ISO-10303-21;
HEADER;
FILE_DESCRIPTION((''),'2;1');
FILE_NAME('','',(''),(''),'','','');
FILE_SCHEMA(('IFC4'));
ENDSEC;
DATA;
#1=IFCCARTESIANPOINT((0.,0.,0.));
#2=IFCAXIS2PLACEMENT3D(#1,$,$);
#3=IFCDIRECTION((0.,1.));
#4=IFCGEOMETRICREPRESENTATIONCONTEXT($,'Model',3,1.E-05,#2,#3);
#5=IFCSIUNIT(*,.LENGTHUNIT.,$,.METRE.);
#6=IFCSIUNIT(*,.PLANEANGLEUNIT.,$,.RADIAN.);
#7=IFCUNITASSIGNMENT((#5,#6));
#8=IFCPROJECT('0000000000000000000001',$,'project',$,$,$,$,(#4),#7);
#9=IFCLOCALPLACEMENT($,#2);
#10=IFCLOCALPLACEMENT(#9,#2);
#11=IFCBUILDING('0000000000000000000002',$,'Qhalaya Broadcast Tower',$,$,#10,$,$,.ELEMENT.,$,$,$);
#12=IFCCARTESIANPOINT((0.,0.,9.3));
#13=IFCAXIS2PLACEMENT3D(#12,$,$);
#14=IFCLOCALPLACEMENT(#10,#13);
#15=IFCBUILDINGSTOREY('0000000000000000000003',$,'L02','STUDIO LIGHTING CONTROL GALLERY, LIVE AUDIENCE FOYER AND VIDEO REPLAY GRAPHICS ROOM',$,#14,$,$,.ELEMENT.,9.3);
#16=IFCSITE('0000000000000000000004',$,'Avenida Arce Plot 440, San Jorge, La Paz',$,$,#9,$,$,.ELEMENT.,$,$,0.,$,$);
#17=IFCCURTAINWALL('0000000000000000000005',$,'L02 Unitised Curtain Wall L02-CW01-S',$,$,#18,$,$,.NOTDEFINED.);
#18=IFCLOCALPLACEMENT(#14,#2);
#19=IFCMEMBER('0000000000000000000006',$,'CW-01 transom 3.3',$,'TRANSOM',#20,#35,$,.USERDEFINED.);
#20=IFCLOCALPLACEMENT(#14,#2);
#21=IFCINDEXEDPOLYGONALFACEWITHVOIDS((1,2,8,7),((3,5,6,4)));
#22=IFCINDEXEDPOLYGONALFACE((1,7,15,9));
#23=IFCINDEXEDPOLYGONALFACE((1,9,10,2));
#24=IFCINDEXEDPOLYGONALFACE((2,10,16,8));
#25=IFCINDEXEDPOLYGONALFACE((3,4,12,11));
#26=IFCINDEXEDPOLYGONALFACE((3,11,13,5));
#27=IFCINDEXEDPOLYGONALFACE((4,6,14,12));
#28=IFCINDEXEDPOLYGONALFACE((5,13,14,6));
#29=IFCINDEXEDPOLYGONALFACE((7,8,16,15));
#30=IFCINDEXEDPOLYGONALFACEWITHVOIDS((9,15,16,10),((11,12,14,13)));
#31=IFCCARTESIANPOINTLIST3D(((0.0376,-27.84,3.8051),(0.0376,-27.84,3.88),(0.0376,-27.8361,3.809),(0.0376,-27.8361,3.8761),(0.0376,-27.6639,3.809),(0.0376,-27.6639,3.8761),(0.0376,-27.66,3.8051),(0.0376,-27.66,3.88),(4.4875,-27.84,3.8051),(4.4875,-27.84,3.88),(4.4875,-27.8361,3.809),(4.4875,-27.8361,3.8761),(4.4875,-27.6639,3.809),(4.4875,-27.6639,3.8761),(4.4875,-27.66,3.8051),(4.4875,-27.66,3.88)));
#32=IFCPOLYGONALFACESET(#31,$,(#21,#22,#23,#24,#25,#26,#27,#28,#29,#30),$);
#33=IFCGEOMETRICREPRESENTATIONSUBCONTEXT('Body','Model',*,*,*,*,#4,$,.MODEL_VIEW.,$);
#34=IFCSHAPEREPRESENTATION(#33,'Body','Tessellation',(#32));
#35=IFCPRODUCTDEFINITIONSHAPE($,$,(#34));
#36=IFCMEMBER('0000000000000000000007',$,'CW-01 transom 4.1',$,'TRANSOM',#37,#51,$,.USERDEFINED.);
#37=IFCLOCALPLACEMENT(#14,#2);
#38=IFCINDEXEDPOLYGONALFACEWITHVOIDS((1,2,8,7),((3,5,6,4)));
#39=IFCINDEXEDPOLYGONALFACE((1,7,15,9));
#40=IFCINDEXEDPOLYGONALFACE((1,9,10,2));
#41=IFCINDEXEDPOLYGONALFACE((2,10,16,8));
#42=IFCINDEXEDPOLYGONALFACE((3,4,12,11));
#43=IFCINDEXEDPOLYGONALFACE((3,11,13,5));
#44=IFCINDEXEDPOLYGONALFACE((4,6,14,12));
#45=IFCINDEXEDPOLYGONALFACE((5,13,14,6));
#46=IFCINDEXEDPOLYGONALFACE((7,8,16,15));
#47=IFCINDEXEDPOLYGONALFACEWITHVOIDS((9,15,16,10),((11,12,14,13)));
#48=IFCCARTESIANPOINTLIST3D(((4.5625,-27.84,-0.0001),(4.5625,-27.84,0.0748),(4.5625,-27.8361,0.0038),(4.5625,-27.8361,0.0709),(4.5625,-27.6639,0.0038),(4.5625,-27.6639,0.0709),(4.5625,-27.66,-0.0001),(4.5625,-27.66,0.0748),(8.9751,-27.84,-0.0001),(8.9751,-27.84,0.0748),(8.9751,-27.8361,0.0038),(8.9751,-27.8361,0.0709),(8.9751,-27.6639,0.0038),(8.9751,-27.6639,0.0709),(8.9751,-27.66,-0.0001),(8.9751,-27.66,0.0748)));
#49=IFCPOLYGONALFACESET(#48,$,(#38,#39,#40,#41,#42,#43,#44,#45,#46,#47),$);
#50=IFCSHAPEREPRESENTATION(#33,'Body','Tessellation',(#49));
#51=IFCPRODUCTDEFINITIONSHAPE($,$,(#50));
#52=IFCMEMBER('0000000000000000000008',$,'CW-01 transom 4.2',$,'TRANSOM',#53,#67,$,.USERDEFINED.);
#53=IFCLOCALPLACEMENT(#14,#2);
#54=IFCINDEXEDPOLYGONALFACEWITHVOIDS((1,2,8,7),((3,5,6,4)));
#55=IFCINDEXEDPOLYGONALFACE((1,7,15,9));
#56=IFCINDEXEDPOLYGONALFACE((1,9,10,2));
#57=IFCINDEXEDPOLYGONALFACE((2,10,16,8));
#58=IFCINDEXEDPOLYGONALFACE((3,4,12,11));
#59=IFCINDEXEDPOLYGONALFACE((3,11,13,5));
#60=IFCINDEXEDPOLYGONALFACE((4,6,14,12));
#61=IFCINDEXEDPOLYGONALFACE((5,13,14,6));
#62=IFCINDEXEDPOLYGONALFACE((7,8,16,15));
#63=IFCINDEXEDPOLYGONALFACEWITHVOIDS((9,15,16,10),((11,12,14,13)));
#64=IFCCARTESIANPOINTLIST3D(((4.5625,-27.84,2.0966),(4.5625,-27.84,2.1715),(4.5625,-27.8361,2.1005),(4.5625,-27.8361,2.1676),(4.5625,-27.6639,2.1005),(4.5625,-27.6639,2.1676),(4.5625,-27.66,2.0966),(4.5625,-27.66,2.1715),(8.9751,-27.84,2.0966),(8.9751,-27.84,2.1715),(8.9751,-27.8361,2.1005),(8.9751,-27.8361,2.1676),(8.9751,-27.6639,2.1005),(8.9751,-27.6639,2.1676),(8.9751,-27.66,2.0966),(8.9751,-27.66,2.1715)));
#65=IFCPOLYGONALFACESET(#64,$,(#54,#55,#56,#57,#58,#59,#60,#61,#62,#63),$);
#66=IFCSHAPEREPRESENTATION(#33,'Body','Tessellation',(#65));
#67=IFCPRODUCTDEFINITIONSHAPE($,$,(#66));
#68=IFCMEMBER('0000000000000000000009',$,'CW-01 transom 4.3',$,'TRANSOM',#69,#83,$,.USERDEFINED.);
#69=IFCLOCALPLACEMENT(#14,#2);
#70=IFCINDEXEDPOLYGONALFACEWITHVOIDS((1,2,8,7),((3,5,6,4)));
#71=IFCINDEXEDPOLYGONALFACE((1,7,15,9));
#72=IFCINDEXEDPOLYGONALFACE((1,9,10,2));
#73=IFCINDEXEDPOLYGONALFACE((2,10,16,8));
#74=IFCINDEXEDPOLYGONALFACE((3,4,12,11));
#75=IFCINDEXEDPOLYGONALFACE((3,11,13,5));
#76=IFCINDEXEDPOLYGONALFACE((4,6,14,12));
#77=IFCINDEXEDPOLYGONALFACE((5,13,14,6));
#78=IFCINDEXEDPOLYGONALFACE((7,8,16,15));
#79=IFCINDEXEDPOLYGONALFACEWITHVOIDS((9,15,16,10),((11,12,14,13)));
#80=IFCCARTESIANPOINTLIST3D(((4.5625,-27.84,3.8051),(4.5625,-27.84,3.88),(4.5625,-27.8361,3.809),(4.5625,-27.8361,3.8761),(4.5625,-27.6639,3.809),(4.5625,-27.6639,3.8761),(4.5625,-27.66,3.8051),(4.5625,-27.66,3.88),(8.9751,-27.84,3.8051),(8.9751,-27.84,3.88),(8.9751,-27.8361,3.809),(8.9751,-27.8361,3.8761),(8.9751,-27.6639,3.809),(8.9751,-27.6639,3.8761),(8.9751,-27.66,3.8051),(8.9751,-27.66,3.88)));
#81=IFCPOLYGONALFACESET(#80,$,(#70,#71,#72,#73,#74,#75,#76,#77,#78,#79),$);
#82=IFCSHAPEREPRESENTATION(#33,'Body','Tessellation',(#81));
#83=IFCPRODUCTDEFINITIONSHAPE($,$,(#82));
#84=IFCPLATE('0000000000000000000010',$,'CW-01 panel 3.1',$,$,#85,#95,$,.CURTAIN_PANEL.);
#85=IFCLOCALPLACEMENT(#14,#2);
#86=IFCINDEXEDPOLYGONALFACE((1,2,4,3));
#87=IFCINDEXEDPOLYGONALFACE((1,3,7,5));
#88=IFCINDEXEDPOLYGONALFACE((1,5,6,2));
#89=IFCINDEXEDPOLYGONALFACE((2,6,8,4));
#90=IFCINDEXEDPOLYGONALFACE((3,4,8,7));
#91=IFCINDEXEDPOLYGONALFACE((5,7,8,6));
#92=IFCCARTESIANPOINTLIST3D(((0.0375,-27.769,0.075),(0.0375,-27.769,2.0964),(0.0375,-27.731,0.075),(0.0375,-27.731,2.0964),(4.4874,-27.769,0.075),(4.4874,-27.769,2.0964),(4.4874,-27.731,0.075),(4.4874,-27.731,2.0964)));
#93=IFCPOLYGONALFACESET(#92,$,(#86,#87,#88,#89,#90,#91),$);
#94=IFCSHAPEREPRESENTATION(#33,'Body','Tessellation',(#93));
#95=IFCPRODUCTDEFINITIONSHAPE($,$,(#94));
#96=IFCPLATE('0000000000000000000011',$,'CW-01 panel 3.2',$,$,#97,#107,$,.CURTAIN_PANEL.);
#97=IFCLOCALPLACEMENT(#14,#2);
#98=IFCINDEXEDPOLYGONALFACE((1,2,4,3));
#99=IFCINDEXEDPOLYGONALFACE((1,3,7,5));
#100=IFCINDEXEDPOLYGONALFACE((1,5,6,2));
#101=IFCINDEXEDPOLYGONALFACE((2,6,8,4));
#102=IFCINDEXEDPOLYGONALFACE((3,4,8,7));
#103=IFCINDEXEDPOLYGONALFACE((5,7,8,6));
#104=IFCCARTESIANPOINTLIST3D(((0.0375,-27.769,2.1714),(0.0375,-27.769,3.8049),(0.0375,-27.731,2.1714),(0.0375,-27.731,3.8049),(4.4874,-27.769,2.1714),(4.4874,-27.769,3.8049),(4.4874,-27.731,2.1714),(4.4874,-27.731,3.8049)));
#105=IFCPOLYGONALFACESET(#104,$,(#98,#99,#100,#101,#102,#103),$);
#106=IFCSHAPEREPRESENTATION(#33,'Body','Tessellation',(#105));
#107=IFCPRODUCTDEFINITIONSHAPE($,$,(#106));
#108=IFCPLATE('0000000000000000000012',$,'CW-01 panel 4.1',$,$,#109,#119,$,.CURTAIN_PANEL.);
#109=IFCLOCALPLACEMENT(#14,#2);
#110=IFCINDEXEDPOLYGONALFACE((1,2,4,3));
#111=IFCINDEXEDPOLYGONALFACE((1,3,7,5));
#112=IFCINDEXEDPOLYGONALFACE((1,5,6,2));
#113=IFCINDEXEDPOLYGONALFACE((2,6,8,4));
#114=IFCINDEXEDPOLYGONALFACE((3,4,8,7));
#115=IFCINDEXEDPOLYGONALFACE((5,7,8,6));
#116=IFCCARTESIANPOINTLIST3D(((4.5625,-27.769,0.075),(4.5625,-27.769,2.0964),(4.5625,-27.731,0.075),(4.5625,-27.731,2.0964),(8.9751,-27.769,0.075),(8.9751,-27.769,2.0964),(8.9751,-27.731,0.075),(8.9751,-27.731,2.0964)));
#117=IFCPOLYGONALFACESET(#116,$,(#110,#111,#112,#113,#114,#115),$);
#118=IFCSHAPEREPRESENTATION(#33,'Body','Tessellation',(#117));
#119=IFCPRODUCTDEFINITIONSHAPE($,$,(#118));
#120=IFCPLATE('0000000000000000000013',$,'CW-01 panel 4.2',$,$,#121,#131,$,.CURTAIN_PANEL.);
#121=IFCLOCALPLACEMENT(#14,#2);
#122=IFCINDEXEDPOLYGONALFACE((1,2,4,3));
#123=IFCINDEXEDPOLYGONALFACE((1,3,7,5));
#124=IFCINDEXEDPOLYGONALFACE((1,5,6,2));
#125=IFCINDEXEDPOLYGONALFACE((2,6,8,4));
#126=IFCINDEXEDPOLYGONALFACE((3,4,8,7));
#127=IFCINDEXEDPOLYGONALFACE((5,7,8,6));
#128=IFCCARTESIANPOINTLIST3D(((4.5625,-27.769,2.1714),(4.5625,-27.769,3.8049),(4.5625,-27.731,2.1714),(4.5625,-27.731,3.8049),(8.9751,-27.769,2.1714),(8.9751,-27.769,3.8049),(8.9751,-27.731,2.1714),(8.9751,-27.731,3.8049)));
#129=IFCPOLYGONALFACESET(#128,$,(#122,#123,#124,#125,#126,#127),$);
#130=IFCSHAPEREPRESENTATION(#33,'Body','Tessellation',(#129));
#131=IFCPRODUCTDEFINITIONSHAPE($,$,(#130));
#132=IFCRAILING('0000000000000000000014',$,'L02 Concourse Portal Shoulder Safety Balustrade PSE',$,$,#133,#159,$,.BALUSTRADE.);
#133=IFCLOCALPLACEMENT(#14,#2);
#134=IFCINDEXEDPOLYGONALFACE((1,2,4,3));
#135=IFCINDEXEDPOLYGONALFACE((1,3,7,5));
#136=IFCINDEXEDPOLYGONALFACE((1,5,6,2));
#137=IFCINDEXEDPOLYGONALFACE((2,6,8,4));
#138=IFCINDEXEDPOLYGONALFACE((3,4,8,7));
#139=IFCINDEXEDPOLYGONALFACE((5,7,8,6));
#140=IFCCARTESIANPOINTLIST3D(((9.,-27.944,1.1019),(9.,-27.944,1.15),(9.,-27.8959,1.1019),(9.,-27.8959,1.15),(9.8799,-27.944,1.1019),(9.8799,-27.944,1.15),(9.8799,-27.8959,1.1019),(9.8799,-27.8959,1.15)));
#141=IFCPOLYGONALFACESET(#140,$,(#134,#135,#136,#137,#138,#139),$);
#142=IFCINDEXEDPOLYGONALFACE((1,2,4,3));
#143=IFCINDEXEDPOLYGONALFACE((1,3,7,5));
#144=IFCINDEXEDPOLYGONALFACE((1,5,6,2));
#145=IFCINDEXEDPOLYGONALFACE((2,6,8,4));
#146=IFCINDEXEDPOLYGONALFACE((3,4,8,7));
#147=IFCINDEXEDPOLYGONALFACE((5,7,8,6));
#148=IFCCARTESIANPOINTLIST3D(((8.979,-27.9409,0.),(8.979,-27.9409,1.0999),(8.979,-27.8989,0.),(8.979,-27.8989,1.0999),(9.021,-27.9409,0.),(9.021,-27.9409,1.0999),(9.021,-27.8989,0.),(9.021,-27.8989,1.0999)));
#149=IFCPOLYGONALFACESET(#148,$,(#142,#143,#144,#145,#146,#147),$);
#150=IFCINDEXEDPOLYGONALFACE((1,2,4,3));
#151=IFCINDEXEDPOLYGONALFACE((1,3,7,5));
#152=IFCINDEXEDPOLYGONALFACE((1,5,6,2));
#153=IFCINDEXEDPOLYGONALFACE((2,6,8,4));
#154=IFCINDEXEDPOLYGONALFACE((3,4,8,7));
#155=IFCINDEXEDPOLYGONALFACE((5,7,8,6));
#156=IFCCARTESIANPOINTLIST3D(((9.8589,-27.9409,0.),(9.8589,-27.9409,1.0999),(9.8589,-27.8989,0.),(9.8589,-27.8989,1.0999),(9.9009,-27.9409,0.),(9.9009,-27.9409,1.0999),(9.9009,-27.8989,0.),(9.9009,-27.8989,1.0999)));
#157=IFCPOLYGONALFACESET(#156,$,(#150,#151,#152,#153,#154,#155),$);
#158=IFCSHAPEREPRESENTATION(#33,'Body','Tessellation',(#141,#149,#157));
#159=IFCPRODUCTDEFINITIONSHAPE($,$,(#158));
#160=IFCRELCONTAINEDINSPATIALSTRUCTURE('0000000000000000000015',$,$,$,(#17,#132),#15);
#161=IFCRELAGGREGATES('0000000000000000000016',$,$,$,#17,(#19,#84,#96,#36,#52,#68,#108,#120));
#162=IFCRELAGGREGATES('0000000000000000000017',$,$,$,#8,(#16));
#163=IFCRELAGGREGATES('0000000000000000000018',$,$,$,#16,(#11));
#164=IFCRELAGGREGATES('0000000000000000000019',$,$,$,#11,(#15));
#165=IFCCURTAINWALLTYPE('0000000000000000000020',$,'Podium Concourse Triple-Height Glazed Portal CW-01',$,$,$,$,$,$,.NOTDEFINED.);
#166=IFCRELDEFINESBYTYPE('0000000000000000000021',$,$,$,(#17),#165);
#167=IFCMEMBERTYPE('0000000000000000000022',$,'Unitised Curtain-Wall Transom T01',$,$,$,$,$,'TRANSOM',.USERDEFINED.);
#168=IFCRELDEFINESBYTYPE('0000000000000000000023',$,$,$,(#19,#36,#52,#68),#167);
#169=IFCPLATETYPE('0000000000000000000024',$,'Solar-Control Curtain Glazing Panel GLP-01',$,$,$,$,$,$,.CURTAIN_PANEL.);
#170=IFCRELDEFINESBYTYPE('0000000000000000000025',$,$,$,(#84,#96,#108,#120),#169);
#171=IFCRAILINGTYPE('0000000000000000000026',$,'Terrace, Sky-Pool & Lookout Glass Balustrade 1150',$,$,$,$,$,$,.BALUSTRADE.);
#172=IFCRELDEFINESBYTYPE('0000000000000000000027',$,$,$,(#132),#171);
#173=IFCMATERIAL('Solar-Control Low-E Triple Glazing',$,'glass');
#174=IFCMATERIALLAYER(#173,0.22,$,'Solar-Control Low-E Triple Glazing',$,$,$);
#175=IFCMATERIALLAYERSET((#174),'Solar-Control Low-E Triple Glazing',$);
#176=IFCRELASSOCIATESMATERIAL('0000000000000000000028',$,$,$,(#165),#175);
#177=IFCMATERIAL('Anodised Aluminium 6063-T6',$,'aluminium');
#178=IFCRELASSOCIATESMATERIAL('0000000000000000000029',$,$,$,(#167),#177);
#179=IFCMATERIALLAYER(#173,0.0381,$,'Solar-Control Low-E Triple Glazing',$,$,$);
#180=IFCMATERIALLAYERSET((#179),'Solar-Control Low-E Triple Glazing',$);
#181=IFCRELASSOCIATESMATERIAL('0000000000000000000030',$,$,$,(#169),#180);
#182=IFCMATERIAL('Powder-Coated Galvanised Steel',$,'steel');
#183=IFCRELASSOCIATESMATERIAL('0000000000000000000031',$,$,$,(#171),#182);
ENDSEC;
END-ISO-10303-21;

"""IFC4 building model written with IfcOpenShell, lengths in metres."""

from ifc_helpers import new_model, si_unit, direction, frame, origin, origin_2d, place, context, subcontext, project, spatial, rectangle, hollow_rectangle, extrude, material, layer, layer_set, material_profile, profile_set, type_object, element, aggregate, save


model = new_model("IFC4")

# Units and contexts
model_context = context("Model", 3, precision=1e-05, world=origin(), true_north=direction((0.0, 1.0)))
body_context = subcontext(model_context, "Body", "Model", "MODEL_VIEW")
ifc_project = project(units=[si_unit("LENGTHUNIT", "METRE"), si_unit("PLANEANGLEUNIT", "RADIAN")], contexts=[model_context])

# Site, building, storey
site_placement = place(None, origin())
site = spatial("IfcSite", under=ifc_project, at=site_placement, Name="Avenida Arce Plot 440, San Jorge, La Paz", CompositionType="ELEMENT", RefElevation=0.0)
building_placement = place(site_placement, origin())
building = spatial("IfcBuilding", under=site, at=building_placement, Name="Qhalaya Broadcast Tower", CompositionType="ELEMENT")
storey_placement = place(building_placement, frame((0.0, 0.0, 9.3)))
storey = spatial("IfcBuildingStorey", under=building, at=storey_placement, Name="L02", Description="STUDIO LIGHTING CONTROL GALLERY, LIVE AUDIENCE FOYER AND VIDEO REPLAY GRAPHICS ROOM", CompositionType="ELEMENT", Elevation=9.3)

# Curtain wall, members, plates
ifc_material_1 = material(Name="Solar-Control Low-E Triple Glazing", Category="glass")
ifc_layer_1 = layer(ifc_material_1, 0.22, Name="Solar-Control Low-E Triple Glazing")
ifc_layer_set_1 = layer_set([ifc_layer_1], Name="Solar-Control Low-E Triple Glazing")
curtain_wall_type = type_object("IfcCurtainWallType", Name="Podium Concourse Triple-Height Glazed Portal CW-01", PredefinedType="NOTDEFINED", material=ifc_layer_set_1)
curtain_wall_placement = place(storey_placement, origin())
curtain_wall = element("IfcCurtainWall", 1, at=curtain_wall_placement, inside=storey, type_object=curtain_wall_type, Name="L02 Unitised Curtain Wall L02-CW01-S", PredefinedType="NOTDEFINED")
ifc_material_2 = material(Name="Anodised Aluminium 6063-T6", Category="aluminium")
ifc_material_profile_1 = material_profile(ifc_material_2, hollow_rectangle(XDim=0.075, YDim=0.1799, WallThickness=0.0039, at=origin_2d()), Name="ALU-TRN 75x180x4")
ifc_profile_set_1 = profile_set([ifc_material_profile_1], Name="Anodised Aluminium 6063-T6")
member_type_1 = type_object("IfcMemberType", Name="Unitised Curtain-Wall Transom T01", ElementType="TRANSOM", PredefinedType="USERDEFINED", material=ifc_profile_set_1)
member_1_placement = place(storey_placement, frame((0.0376, -27.75, 3.8425), z_axis=(1.0, 0.0, 0.0), x_axis=(0.0, 0.0, 1.0)))
member_1 = element("IfcMember", 2, at=member_1_placement, type_object=member_type_1, Name="CW-01 transom 3.3", ObjectType="TRANSOM", PredefinedType="USERDEFINED", context=body_context, shape_type="SweptSolid", body=[
    extrude(hollow_rectangle(XDim=0.075, YDim=0.1799, WallThickness=0.0039, at=origin_2d()), origin(), (0.0, 0.0, 1.0), 4.45),
])
member_2_placement = place(storey_placement, frame((4.5625, -27.75, 0.0374), z_axis=(1.0, 0.0, 0.0), x_axis=(0.0, 0.0, 1.0)))
member_2 = element("IfcMember", 3, at=member_2_placement, type_object=member_type_1, Name="CW-01 transom 4.1", ObjectType="TRANSOM", PredefinedType="USERDEFINED", context=body_context, shape_type="SweptSolid", body=[
    extrude(hollow_rectangle(XDim=0.075, YDim=0.1799, WallThickness=0.0039, at=origin_2d()), origin(), (0.0, 0.0, 1.0), 4.4126),
])
member_3_placement = place(storey_placement, frame((4.5625, -27.75, 2.134), z_axis=(1.0, 0.0, 0.0), x_axis=(0.0, 0.0, 1.0)))
member_3 = element("IfcMember", 4, at=member_3_placement, type_object=member_type_1, Name="CW-01 transom 4.2", ObjectType="TRANSOM", PredefinedType="USERDEFINED", context=body_context, shape_type="SweptSolid", body=[
    extrude(hollow_rectangle(XDim=0.075, YDim=0.1799, WallThickness=0.0039, at=origin_2d()), origin(), (0.0, 0.0, 1.0), 4.4126),
])
member_4_placement = place(storey_placement, frame((4.5625, -27.75, 3.8425), z_axis=(1.0, 0.0, 0.0), x_axis=(0.0, 0.0, 1.0)))
member_4 = element("IfcMember", 5, at=member_4_placement, type_object=member_type_1, Name="CW-01 transom 4.3", ObjectType="TRANSOM", PredefinedType="USERDEFINED", context=body_context, shape_type="SweptSolid", body=[
    extrude(hollow_rectangle(XDim=0.075, YDim=0.1799, WallThickness=0.0039, at=origin_2d()), origin(), (0.0, 0.0, 1.0), 4.4126),
])
ifc_layer_2 = layer(ifc_material_1, 0.0381, Name="Solar-Control Low-E Triple Glazing")
ifc_layer_set_2 = layer_set([ifc_layer_2], Name="Solar-Control Low-E Triple Glazing")
plate_type = type_object("IfcPlateType", Name="Solar-Control Curtain Glazing Panel GLP-01", PredefinedType="CURTAIN_PANEL", material=ifc_layer_set_2)
plate_1_placement = place(storey_placement, frame((2.2625, -27.75, 0.075), z_axis=(0.0, 0.0, 1.0), x_axis=(1.0, 0.0, 0.0)))
plate_1 = element("IfcPlate", 6, at=plate_1_placement, type_object=plate_type, Name="CW-01 panel 3.1", PredefinedType="CURTAIN_PANEL", context=body_context, shape_type="SweptSolid", body=[
    extrude(rectangle(XDim=4.45, YDim=0.0381, at=origin_2d()), origin(), (0.0, 0.0, 1.0), 2.0215),
])
plate_2_placement = place(storey_placement, frame((2.2625, -27.75, 2.1714), z_axis=(0.0, 0.0, 1.0), x_axis=(1.0, 0.0, 0.0)))
plate_2 = element("IfcPlate", 7, at=plate_2_placement, type_object=plate_type, Name="CW-01 panel 3.2", PredefinedType="CURTAIN_PANEL", context=body_context, shape_type="SweptSolid", body=[
    extrude(rectangle(XDim=4.45, YDim=0.0381, at=origin_2d()), origin(), (0.0, 0.0, 1.0), 1.6335),
])
plate_3_placement = place(storey_placement, frame((6.7688, -27.75, 0.075), z_axis=(0.0, 0.0, 1.0), x_axis=(1.0, 0.0, 0.0)))
plate_3 = element("IfcPlate", 8, at=plate_3_placement, type_object=plate_type, Name="CW-01 panel 4.1", PredefinedType="CURTAIN_PANEL", context=body_context, shape_type="SweptSolid", body=[
    extrude(rectangle(XDim=4.4126, YDim=0.0381, at=origin_2d()), origin(), (0.0, 0.0, 1.0), 2.0215),
])
plate_4_placement = place(storey_placement, frame((6.7688, -27.75, 2.1714), z_axis=(0.0, 0.0, 1.0), x_axis=(1.0, 0.0, 0.0)))
plate_4 = element("IfcPlate", 9, at=plate_4_placement, type_object=plate_type, Name="CW-01 panel 4.2", PredefinedType="CURTAIN_PANEL", context=body_context, shape_type="SweptSolid", body=[
    extrude(rectangle(XDim=4.4126, YDim=0.0381, at=origin_2d()), origin(), (0.0, 0.0, 1.0), 1.6335),
])
aggregate(curtain_wall, [member_1, plate_1, plate_2, member_2, member_3, member_4, plate_3, plate_4])

# Railing
ifc_material_3 = material(Name="Powder-Coated Galvanised Steel", Category="steel")
railing_type = type_object("IfcRailingType", Name="Terrace, Sky-Pool & Lookout Glass Balustrade 1150", PredefinedType="BALUSTRADE", material=ifc_material_3)
railing_placement = place(storey_placement, frame((9.0, -27.9199, 0.0)))
element("IfcRailing", 10, at=railing_placement, inside=storey, type_object=railing_type, Name="L02 Concourse Portal Shoulder Safety Balustrade PSE", PredefinedType="BALUSTRADE", context=body_context, shape_type="SweptSolid", body=[
    extrude(rectangle(XDim=0.0481, YDim=0.0481, at=origin_2d()), frame((0.0, 0.0, 1.126), z_axis=(1.0, 0.0, 0.0), x_axis=(0.0, 1.0, 0.0)), (0.0, 0.0, 1.0), 0.8799),
    extrude(rectangle(XDim=0.042, YDim=0.042, at=origin_2d()), origin(), (0.0, 0.0, 1.0), 1.0999),
    extrude(rectangle(XDim=0.042, YDim=0.042, at=origin_2d()), frame((0.8799, 0.0, 0.0)), (0.0, 0.0, 1.0), 1.0999),
])

save(model, "model.ifc")
